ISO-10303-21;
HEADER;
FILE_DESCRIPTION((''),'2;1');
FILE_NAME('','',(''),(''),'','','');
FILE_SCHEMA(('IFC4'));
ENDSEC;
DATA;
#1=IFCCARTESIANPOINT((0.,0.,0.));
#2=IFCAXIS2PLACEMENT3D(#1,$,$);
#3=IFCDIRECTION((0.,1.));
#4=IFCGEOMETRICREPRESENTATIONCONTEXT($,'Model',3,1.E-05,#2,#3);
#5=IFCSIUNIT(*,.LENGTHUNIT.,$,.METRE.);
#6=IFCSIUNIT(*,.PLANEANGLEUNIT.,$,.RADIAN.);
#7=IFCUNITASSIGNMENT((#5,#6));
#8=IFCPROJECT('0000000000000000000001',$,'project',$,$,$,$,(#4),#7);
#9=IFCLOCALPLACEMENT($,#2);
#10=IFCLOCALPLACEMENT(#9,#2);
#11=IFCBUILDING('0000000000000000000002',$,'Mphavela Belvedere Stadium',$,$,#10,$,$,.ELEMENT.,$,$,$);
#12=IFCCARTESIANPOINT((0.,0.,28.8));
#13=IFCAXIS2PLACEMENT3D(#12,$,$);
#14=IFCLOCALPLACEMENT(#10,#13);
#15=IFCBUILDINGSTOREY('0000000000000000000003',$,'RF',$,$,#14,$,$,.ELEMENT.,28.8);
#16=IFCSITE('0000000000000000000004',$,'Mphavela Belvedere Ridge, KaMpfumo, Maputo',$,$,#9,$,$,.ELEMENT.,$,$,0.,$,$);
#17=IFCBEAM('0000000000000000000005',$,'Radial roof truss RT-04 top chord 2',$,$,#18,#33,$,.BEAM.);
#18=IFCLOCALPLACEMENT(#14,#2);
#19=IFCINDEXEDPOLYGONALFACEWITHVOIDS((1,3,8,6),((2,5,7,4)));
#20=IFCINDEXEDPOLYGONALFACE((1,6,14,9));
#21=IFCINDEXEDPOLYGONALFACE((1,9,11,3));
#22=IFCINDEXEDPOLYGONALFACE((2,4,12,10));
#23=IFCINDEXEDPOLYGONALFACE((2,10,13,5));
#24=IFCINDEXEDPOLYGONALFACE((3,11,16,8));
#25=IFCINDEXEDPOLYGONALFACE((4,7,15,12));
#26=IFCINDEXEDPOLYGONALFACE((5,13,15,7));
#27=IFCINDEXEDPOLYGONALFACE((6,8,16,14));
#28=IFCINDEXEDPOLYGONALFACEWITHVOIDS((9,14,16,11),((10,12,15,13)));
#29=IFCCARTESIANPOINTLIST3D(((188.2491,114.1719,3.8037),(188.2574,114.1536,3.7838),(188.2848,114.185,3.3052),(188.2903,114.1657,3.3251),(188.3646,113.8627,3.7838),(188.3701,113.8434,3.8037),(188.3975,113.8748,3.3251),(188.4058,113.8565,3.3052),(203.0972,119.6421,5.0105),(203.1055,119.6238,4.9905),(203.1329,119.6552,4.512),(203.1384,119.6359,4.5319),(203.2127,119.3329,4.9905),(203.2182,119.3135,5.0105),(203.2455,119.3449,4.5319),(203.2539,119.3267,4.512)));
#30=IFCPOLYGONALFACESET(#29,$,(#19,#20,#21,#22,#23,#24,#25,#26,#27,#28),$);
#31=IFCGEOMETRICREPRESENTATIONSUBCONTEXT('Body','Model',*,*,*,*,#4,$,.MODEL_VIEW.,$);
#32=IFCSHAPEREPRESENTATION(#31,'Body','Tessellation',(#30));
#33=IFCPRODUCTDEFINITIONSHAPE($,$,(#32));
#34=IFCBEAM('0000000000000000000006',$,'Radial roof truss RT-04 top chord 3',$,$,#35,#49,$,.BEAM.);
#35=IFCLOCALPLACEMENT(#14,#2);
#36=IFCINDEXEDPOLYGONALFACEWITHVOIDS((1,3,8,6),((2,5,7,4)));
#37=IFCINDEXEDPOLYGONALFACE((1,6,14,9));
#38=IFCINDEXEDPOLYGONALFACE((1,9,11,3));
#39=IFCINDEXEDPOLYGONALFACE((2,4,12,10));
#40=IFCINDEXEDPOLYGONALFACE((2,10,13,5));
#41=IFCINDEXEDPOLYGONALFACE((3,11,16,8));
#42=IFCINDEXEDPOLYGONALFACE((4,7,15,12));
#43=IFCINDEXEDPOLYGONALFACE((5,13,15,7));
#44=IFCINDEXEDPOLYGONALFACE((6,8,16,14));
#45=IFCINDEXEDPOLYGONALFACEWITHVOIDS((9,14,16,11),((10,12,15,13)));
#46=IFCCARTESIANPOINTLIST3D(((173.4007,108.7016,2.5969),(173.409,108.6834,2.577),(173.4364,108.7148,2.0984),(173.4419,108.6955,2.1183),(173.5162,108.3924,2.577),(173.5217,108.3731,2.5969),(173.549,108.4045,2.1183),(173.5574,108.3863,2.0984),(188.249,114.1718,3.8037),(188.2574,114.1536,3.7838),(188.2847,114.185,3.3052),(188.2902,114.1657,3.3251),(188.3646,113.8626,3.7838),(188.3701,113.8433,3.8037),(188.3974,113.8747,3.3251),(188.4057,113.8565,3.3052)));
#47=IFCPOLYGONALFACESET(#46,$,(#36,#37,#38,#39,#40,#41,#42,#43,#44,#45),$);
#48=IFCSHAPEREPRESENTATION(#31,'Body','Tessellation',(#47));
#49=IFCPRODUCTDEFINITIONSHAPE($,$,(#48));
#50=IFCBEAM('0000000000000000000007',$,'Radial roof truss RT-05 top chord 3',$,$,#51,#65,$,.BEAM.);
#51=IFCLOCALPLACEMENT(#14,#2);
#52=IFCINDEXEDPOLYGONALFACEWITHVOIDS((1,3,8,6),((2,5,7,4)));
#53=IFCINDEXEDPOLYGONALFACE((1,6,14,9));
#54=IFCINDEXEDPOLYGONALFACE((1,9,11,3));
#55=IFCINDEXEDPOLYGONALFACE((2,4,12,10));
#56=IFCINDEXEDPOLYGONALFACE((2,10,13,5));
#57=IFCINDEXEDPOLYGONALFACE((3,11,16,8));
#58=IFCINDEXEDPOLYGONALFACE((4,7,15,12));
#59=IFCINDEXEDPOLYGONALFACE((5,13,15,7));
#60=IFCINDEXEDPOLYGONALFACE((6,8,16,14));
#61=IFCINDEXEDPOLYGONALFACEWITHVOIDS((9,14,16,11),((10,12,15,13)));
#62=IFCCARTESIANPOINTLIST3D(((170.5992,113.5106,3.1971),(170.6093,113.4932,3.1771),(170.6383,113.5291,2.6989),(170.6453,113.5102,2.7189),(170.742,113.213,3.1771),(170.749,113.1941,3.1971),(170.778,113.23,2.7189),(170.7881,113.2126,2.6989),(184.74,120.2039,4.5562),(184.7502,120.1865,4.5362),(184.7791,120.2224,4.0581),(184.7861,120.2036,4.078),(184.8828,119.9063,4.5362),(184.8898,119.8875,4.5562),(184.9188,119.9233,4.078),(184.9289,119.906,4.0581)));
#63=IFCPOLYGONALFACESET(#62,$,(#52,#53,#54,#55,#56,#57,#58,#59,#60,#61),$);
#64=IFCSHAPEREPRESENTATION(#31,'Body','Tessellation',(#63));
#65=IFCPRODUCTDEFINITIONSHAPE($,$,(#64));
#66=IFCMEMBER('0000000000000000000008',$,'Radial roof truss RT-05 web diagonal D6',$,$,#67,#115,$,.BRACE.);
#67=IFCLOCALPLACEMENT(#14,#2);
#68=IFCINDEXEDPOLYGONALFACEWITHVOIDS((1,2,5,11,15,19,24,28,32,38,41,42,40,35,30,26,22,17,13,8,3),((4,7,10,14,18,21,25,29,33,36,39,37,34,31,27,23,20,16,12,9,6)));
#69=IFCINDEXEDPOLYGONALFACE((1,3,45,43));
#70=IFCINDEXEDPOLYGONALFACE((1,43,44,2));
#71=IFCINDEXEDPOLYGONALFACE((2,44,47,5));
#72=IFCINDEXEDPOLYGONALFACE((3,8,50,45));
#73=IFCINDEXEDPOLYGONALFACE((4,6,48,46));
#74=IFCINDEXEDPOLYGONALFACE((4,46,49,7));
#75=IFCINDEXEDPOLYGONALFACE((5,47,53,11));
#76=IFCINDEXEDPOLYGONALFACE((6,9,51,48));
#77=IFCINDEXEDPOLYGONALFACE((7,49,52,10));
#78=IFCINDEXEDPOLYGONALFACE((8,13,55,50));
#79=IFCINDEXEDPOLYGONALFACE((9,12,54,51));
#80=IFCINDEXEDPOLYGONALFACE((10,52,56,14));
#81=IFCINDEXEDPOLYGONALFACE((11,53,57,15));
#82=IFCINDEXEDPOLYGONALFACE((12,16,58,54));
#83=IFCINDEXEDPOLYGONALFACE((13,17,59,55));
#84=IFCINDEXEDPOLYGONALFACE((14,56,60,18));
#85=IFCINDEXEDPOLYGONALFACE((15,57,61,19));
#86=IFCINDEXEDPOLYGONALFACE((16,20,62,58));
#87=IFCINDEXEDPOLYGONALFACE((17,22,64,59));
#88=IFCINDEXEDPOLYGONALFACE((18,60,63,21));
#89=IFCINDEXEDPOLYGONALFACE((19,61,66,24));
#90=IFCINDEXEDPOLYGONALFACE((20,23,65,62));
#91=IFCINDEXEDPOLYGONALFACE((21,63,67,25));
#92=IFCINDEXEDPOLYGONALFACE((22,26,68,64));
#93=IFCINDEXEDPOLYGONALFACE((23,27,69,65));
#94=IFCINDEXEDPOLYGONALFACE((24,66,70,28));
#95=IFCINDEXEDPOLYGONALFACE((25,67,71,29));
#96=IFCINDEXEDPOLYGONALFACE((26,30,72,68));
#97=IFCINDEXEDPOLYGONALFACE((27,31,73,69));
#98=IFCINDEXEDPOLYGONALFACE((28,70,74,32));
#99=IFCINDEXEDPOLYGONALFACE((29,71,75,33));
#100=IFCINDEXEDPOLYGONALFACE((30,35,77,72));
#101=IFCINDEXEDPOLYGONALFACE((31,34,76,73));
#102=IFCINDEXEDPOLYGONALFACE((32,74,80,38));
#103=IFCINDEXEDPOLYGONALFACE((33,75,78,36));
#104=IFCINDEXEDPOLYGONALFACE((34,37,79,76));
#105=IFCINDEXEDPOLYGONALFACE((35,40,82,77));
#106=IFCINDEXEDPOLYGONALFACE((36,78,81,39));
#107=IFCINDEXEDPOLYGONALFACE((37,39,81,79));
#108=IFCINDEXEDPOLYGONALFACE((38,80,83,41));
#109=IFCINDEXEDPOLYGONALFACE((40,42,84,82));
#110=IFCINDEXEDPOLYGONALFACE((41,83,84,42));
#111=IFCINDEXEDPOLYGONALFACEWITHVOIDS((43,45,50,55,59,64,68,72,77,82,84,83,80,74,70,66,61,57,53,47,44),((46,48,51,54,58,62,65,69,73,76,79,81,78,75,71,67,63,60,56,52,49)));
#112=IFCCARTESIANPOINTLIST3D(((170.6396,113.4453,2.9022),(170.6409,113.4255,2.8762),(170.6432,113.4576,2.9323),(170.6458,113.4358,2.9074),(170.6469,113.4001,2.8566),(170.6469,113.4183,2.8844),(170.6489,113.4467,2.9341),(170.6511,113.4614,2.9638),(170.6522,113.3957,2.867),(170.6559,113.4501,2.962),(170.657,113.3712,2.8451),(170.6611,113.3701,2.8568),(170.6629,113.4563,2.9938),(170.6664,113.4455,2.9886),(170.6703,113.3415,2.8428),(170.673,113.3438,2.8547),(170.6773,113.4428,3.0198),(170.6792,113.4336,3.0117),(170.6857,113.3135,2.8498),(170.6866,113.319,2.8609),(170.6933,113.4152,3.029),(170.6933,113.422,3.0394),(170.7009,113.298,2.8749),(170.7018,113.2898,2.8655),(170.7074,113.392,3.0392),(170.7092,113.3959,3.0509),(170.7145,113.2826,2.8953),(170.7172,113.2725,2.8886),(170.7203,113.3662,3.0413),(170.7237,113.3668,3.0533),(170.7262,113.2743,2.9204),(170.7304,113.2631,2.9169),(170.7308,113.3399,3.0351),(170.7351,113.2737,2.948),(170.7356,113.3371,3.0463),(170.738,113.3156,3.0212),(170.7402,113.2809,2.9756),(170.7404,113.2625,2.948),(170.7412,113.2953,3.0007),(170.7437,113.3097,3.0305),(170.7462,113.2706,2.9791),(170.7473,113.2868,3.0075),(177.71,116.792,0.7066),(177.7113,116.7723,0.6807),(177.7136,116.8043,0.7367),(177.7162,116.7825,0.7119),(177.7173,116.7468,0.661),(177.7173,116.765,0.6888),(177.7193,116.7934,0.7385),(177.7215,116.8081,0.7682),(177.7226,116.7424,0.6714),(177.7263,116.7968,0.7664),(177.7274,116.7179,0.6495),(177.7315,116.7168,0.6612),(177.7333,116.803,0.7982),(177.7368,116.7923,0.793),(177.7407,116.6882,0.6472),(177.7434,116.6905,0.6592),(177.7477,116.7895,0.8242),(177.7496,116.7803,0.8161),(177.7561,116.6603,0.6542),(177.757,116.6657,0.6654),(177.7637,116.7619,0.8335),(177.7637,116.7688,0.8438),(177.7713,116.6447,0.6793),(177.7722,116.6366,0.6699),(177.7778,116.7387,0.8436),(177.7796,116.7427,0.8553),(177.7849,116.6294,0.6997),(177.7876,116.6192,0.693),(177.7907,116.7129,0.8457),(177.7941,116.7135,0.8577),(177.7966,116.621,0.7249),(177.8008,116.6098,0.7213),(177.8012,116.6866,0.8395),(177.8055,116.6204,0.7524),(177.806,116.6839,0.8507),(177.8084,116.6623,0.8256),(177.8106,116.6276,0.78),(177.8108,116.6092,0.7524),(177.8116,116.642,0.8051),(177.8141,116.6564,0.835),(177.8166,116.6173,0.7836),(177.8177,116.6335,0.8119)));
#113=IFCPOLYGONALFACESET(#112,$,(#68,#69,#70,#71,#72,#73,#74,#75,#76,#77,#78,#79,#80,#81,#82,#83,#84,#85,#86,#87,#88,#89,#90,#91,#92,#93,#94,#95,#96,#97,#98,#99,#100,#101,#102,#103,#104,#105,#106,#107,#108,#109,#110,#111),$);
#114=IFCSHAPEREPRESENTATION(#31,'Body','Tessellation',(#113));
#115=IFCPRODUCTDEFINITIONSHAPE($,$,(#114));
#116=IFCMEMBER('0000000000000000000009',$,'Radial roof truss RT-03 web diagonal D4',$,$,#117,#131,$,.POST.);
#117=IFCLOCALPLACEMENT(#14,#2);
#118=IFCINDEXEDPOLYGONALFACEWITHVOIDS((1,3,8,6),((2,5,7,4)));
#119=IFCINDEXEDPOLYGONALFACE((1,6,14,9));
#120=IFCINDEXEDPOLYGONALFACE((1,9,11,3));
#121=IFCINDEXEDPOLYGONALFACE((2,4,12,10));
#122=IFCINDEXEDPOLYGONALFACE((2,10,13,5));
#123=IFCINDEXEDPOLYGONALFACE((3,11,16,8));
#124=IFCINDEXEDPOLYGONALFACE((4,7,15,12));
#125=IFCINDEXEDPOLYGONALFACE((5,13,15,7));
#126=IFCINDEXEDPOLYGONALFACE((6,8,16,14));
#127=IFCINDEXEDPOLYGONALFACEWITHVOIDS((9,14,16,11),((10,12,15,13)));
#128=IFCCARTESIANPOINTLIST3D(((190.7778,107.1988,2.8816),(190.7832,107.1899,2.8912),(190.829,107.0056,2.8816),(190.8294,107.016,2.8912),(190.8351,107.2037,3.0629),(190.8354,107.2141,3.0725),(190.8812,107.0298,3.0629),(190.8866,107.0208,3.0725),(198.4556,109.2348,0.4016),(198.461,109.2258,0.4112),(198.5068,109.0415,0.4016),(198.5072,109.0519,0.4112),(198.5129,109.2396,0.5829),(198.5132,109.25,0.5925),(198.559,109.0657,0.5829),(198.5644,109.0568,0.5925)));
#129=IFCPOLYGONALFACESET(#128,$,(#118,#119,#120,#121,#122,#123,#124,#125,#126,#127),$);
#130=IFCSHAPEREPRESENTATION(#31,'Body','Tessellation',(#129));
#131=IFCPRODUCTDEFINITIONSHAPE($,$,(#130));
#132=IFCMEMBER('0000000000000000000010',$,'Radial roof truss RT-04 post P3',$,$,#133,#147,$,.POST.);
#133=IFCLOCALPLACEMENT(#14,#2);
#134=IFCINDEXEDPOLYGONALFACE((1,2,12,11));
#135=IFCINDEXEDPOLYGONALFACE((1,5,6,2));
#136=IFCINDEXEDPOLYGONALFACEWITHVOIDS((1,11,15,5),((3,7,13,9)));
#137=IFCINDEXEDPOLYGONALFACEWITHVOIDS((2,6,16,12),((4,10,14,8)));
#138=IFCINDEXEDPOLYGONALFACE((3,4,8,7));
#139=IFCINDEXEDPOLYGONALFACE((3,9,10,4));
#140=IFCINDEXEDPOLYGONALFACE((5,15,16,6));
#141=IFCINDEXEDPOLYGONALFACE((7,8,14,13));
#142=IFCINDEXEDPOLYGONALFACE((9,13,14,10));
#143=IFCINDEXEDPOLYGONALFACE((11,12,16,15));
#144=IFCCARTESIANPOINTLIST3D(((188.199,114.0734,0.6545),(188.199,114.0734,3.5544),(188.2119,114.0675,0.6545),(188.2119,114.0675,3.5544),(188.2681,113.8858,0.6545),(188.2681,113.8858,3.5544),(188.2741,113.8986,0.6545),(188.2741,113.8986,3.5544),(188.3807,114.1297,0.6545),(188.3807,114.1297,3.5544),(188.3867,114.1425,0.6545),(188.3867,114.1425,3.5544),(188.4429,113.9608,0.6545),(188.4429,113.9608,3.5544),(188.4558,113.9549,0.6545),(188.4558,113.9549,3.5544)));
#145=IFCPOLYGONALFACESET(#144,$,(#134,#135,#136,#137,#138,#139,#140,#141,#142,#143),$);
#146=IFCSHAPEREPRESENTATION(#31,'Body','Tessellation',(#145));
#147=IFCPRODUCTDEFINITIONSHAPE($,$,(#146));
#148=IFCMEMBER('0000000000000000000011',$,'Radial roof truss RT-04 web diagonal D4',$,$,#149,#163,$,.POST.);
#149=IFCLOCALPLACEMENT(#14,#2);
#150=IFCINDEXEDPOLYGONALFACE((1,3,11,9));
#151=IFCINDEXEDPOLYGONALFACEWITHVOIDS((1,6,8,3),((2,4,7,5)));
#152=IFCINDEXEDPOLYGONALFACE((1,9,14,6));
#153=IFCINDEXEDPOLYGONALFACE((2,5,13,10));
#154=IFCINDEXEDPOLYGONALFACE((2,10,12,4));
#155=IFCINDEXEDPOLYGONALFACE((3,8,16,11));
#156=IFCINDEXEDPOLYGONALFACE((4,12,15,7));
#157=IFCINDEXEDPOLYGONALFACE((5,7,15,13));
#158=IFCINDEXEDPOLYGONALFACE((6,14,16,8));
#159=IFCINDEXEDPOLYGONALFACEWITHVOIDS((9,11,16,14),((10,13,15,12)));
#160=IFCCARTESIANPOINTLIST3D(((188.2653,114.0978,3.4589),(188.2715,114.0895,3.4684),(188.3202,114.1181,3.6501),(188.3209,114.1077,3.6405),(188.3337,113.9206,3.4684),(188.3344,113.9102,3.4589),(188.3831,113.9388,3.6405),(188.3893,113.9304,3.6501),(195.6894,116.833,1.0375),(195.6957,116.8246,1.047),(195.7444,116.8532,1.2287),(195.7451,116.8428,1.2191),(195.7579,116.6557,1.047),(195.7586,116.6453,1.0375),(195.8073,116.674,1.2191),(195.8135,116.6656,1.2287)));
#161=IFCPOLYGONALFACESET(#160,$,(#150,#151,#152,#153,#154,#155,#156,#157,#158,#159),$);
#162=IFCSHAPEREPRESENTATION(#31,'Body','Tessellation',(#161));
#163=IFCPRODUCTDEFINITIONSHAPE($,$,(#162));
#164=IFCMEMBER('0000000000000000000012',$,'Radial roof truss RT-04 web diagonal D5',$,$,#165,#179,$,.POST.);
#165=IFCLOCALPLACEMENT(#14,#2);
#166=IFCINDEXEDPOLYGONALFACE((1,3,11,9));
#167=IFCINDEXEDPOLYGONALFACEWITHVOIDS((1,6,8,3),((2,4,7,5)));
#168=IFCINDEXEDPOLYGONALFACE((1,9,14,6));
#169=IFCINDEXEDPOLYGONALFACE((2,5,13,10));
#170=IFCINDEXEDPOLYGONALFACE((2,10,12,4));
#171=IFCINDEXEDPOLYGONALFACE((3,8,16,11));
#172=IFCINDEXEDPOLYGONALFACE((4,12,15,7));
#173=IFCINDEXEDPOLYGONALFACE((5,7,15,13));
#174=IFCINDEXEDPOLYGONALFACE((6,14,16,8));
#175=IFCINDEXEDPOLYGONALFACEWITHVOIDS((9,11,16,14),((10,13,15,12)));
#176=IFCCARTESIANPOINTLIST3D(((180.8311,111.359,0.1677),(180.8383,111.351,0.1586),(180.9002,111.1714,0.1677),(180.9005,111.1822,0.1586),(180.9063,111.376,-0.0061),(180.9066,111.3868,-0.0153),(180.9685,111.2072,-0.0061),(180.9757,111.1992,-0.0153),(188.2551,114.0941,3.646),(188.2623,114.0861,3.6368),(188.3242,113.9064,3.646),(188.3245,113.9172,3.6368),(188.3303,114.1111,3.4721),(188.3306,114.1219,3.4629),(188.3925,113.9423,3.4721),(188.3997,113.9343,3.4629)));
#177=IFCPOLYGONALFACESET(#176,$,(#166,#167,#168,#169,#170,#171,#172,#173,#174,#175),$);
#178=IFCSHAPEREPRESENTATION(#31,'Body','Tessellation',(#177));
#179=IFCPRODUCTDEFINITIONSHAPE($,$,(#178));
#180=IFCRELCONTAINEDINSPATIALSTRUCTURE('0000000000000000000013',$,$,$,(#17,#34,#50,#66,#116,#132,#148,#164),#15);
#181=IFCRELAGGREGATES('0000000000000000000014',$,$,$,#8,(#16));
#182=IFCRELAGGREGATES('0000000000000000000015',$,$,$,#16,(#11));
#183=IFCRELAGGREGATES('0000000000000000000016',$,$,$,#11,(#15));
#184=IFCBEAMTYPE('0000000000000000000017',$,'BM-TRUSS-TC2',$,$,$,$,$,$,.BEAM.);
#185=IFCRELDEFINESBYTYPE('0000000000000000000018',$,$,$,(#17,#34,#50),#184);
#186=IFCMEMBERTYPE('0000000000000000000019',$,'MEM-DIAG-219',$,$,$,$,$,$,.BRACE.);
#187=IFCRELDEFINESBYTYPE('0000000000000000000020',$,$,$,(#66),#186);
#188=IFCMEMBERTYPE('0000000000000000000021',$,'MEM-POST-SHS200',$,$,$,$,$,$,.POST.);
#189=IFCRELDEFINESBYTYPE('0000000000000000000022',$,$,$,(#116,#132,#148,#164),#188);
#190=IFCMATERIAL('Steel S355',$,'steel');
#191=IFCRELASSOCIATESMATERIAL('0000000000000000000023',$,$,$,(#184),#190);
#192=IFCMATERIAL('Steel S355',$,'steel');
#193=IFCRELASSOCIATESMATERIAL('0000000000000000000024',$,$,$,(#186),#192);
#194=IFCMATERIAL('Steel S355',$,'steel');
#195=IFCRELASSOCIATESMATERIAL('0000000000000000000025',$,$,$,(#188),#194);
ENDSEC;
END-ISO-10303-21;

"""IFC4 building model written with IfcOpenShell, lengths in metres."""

from ifc_helpers import new_model, si_unit, direction, frame, origin, origin_2d, place, context, subcontext, project, spatial, hollow_rectangle, hollow_circle, extrude, material, material_profile, profile_set, type_object, element, save


model = new_model("IFC4")

# Units and contexts
model_context = context("Model", 3, precision=1e-05, world=origin(), true_north=direction((0.0, 1.0)))
body_context = subcontext(model_context, "Body", "Model", "MODEL_VIEW")
ifc_project = project(units=[si_unit("LENGTHUNIT", "METRE"), si_unit("PLANEANGLEUNIT", "RADIAN")], contexts=[model_context])

# Site, building, storey
site_placement = place(None, origin())
site = spatial("IfcSite", under=ifc_project, at=site_placement, Name="Mphavela Belvedere Ridge, KaMpfumo, Maputo", CompositionType="ELEMENT", RefElevation=0.0)
building_placement = place(site_placement, origin())
building = spatial("IfcBuilding", under=site, at=building_placement, Name="Mphavela Belvedere Stadium", CompositionType="ELEMENT")
storey_placement = place(building_placement, frame((0.0, 0.0, 28.8)))
storey = spatial("IfcBuildingStorey", under=building, at=storey_placement, Name="RF", CompositionType="ELEMENT", Elevation=28.8)

# Beams
ifc_material_1 = material(Name="Steel S355", Category="steel")
ifc_material_profile_1 = material_profile(ifc_material_1, hollow_rectangle(XDim=0.3501, YDim=0.5, WallThickness=0.02, at=origin_2d()), Name="RHS 500x350x20")
ifc_profile_set_1 = profile_set([ifc_material_profile_1], Name="Steel S355")
beam_type_1 = type_object("IfcBeamType", Name="BM-TRUSS-TC2", PredefinedType="BEAM", material=ifc_profile_set_1)
beam_1_placement = place(storey_placement, frame((203.1755, 119.4844, 4.7612), z_axis=(-0.935629, -0.344696, -0.076044), x_axis=(0.345697, -0.938346, 0.0)))
element("IfcBeam", 1, at=beam_1_placement, inside=storey, type_object=beam_type_1, Name="Radial roof truss RT-04 top chord 2", PredefinedType="BEAM", context=body_context, shape_type="SweptSolid", body=[
    extrude(hollow_rectangle(XDim=0.3501, YDim=0.5, WallThickness=0.02, at=origin_2d()), origin(), (0.0, 0.0, 1.0), 15.8696),
])
beam_2_placement = place(storey_placement, frame((188.3274, 114.0142, 3.5544), z_axis=(-0.935631, -0.344691, -0.076042), x_axis=(0.345692, -0.938348, 0.0)))
element("IfcBeam", 2, at=beam_2_placement, inside=storey, type_object=beam_type_1, Name="Radial roof truss RT-04 top chord 3", PredefinedType="BEAM", context=body_context, shape_type="SweptSolid", body=[
    extrude(hollow_rectangle(XDim=0.3501, YDim=0.5, WallThickness=0.02, at=origin_2d()), origin(), (0.0, 0.0, 1.0), 15.8699),
])
beam_3_placement = place(storey_placement, frame((184.8345, 120.0549, 4.3071), z_axis=(-0.900469, -0.426223, -0.086547), x_axis=(0.427828, -0.90386, 0.0)))
element("IfcBeam", 3, at=beam_3_placement, inside=storey, type_object=beam_type_1, Name="Radial roof truss RT-05 top chord 3", PredefinedType="BEAM", context=body_context, shape_type="SweptSolid", body=[
    extrude(hollow_rectangle(XDim=0.3501, YDim=0.5, WallThickness=0.02, at=origin_2d()), origin(), (0.0, 0.0, 1.0), 15.7039),
])

# Members
ifc_material_2 = material(Name="Steel S355", Category="steel")
ifc_material_profile_2 = material_profile(ifc_material_2, hollow_circle(Radius=0.1096, WallThickness=0.0125, at=origin_2d()), Name="CHS 219.1x12.5")
ifc_profile_set_2 = profile_set([ifc_material_profile_2], Name="Steel S355")
member_type_1 = type_object("IfcMemberType", Name="MEM-DIAG-219", PredefinedType="BRACE", material=ifc_profile_set_2)
member_1_placement = place(storey_placement, frame((177.7639, 116.7083, 0.7524), z_axis=(-0.870229, -0.411916, 0.270234), x_axis=(0.427834, -0.903857, 0.0)))
element("IfcMember", 4, at=member_1_placement, inside=storey, type_object=member_type_1, Name="Radial roof truss RT-05 web diagonal D6", PredefinedType="BRACE", context=body_context, shape_type="SweptSolid", body=[
    extrude(hollow_circle(Radius=0.1096, WallThickness=0.0125, at=origin_2d()), origin(), (0.0, 0.0, 1.0), 8.1248),
])
ifc_material_3 = material(Name="Steel S355", Category="steel")
ifc_material_profile_3 = material_profile(ifc_material_3, hollow_rectangle(XDim=0.2, YDim=0.2, WallThickness=0.01, at=origin_2d()), Name="SHS 200x200x10")
ifc_profile_set_3 = profile_set([ifc_material_profile_3], Name="Steel S355")
member_type_2 = type_object("IfcMemberType", Name="MEM-POST-SHS200", PredefinedType="POST", material=ifc_profile_set_3)
member_2_placement = place(storey_placement, frame((198.51, 109.1458, 0.4971), z_axis=(-0.922669, -0.244662, 0.298031), x_axis=(0.25631, -0.966595, 0.0)))
element("IfcMember", 5, at=member_2_placement, inside=storey, type_object=member_type_2, Name="Radial roof truss RT-03 web diagonal D4", PredefinedType="POST", context=body_context, shape_type="SweptSolid", body=[
    extrude(hollow_rectangle(XDim=0.2, YDim=0.2, WallThickness=0.01, at=origin_2d()), origin(), (0.0, 0.0, 1.0), 8.3213),
])
member_3_placement = place(storey_placement, frame((188.3274, 114.0142, 0.6545), z_axis=(0.0, 0.0, 1.0), x_axis=(0.938372, 0.345626, 0.0)))
element("IfcMember", 6, at=member_3_placement, inside=storey, type_object=member_type_2, Name="Radial roof truss RT-04 post P3", PredefinedType="POST", context=body_context, shape_type="SweptSolid", body=[
    extrude(hollow_rectangle(XDim=0.2, YDim=0.2, WallThickness=0.01, at=origin_2d()), origin(), (0.0, 0.0, 1.0), 2.8999),
])
member_4_placement = place(storey_placement, frame((195.7515, 116.7493, 1.1331), z_axis=(-0.897266, -0.330562, 0.292646), x_axis=(0.345697, -0.938346, 0.0)))
element("IfcMember", 7, at=member_4_placement, inside=storey, type_object=member_type_2, Name="Radial roof truss RT-04 web diagonal D4", PredefinedType="POST", context=body_context, shape_type="SweptSolid", body=[
    extrude(hollow_rectangle(XDim=0.2, YDim=0.2, WallThickness=0.01, at=origin_2d()), origin(), (0.0, 0.0, 1.0), 8.2742),
])
member_5_placement = place(storey_placement, frame((188.3274, 114.0142, 3.5544), z_axis=(-0.859001, -0.316465, -0.402453), x_axis=(0.345697, -0.938346, 0.0)))
element("IfcMember", 8, at=member_5_placement, inside=storey, type_object=member_type_2, Name="Radial roof truss RT-04 web diagonal D5", PredefinedType="POST", context=body_context, shape_type="SweptSolid", body=[
    extrude(hollow_rectangle(XDim=0.2, YDim=0.2, WallThickness=0.01, at=origin_2d()), origin(), (0.0, 0.0, 1.0), 8.6426),
])

save(model, "model.ifc")
